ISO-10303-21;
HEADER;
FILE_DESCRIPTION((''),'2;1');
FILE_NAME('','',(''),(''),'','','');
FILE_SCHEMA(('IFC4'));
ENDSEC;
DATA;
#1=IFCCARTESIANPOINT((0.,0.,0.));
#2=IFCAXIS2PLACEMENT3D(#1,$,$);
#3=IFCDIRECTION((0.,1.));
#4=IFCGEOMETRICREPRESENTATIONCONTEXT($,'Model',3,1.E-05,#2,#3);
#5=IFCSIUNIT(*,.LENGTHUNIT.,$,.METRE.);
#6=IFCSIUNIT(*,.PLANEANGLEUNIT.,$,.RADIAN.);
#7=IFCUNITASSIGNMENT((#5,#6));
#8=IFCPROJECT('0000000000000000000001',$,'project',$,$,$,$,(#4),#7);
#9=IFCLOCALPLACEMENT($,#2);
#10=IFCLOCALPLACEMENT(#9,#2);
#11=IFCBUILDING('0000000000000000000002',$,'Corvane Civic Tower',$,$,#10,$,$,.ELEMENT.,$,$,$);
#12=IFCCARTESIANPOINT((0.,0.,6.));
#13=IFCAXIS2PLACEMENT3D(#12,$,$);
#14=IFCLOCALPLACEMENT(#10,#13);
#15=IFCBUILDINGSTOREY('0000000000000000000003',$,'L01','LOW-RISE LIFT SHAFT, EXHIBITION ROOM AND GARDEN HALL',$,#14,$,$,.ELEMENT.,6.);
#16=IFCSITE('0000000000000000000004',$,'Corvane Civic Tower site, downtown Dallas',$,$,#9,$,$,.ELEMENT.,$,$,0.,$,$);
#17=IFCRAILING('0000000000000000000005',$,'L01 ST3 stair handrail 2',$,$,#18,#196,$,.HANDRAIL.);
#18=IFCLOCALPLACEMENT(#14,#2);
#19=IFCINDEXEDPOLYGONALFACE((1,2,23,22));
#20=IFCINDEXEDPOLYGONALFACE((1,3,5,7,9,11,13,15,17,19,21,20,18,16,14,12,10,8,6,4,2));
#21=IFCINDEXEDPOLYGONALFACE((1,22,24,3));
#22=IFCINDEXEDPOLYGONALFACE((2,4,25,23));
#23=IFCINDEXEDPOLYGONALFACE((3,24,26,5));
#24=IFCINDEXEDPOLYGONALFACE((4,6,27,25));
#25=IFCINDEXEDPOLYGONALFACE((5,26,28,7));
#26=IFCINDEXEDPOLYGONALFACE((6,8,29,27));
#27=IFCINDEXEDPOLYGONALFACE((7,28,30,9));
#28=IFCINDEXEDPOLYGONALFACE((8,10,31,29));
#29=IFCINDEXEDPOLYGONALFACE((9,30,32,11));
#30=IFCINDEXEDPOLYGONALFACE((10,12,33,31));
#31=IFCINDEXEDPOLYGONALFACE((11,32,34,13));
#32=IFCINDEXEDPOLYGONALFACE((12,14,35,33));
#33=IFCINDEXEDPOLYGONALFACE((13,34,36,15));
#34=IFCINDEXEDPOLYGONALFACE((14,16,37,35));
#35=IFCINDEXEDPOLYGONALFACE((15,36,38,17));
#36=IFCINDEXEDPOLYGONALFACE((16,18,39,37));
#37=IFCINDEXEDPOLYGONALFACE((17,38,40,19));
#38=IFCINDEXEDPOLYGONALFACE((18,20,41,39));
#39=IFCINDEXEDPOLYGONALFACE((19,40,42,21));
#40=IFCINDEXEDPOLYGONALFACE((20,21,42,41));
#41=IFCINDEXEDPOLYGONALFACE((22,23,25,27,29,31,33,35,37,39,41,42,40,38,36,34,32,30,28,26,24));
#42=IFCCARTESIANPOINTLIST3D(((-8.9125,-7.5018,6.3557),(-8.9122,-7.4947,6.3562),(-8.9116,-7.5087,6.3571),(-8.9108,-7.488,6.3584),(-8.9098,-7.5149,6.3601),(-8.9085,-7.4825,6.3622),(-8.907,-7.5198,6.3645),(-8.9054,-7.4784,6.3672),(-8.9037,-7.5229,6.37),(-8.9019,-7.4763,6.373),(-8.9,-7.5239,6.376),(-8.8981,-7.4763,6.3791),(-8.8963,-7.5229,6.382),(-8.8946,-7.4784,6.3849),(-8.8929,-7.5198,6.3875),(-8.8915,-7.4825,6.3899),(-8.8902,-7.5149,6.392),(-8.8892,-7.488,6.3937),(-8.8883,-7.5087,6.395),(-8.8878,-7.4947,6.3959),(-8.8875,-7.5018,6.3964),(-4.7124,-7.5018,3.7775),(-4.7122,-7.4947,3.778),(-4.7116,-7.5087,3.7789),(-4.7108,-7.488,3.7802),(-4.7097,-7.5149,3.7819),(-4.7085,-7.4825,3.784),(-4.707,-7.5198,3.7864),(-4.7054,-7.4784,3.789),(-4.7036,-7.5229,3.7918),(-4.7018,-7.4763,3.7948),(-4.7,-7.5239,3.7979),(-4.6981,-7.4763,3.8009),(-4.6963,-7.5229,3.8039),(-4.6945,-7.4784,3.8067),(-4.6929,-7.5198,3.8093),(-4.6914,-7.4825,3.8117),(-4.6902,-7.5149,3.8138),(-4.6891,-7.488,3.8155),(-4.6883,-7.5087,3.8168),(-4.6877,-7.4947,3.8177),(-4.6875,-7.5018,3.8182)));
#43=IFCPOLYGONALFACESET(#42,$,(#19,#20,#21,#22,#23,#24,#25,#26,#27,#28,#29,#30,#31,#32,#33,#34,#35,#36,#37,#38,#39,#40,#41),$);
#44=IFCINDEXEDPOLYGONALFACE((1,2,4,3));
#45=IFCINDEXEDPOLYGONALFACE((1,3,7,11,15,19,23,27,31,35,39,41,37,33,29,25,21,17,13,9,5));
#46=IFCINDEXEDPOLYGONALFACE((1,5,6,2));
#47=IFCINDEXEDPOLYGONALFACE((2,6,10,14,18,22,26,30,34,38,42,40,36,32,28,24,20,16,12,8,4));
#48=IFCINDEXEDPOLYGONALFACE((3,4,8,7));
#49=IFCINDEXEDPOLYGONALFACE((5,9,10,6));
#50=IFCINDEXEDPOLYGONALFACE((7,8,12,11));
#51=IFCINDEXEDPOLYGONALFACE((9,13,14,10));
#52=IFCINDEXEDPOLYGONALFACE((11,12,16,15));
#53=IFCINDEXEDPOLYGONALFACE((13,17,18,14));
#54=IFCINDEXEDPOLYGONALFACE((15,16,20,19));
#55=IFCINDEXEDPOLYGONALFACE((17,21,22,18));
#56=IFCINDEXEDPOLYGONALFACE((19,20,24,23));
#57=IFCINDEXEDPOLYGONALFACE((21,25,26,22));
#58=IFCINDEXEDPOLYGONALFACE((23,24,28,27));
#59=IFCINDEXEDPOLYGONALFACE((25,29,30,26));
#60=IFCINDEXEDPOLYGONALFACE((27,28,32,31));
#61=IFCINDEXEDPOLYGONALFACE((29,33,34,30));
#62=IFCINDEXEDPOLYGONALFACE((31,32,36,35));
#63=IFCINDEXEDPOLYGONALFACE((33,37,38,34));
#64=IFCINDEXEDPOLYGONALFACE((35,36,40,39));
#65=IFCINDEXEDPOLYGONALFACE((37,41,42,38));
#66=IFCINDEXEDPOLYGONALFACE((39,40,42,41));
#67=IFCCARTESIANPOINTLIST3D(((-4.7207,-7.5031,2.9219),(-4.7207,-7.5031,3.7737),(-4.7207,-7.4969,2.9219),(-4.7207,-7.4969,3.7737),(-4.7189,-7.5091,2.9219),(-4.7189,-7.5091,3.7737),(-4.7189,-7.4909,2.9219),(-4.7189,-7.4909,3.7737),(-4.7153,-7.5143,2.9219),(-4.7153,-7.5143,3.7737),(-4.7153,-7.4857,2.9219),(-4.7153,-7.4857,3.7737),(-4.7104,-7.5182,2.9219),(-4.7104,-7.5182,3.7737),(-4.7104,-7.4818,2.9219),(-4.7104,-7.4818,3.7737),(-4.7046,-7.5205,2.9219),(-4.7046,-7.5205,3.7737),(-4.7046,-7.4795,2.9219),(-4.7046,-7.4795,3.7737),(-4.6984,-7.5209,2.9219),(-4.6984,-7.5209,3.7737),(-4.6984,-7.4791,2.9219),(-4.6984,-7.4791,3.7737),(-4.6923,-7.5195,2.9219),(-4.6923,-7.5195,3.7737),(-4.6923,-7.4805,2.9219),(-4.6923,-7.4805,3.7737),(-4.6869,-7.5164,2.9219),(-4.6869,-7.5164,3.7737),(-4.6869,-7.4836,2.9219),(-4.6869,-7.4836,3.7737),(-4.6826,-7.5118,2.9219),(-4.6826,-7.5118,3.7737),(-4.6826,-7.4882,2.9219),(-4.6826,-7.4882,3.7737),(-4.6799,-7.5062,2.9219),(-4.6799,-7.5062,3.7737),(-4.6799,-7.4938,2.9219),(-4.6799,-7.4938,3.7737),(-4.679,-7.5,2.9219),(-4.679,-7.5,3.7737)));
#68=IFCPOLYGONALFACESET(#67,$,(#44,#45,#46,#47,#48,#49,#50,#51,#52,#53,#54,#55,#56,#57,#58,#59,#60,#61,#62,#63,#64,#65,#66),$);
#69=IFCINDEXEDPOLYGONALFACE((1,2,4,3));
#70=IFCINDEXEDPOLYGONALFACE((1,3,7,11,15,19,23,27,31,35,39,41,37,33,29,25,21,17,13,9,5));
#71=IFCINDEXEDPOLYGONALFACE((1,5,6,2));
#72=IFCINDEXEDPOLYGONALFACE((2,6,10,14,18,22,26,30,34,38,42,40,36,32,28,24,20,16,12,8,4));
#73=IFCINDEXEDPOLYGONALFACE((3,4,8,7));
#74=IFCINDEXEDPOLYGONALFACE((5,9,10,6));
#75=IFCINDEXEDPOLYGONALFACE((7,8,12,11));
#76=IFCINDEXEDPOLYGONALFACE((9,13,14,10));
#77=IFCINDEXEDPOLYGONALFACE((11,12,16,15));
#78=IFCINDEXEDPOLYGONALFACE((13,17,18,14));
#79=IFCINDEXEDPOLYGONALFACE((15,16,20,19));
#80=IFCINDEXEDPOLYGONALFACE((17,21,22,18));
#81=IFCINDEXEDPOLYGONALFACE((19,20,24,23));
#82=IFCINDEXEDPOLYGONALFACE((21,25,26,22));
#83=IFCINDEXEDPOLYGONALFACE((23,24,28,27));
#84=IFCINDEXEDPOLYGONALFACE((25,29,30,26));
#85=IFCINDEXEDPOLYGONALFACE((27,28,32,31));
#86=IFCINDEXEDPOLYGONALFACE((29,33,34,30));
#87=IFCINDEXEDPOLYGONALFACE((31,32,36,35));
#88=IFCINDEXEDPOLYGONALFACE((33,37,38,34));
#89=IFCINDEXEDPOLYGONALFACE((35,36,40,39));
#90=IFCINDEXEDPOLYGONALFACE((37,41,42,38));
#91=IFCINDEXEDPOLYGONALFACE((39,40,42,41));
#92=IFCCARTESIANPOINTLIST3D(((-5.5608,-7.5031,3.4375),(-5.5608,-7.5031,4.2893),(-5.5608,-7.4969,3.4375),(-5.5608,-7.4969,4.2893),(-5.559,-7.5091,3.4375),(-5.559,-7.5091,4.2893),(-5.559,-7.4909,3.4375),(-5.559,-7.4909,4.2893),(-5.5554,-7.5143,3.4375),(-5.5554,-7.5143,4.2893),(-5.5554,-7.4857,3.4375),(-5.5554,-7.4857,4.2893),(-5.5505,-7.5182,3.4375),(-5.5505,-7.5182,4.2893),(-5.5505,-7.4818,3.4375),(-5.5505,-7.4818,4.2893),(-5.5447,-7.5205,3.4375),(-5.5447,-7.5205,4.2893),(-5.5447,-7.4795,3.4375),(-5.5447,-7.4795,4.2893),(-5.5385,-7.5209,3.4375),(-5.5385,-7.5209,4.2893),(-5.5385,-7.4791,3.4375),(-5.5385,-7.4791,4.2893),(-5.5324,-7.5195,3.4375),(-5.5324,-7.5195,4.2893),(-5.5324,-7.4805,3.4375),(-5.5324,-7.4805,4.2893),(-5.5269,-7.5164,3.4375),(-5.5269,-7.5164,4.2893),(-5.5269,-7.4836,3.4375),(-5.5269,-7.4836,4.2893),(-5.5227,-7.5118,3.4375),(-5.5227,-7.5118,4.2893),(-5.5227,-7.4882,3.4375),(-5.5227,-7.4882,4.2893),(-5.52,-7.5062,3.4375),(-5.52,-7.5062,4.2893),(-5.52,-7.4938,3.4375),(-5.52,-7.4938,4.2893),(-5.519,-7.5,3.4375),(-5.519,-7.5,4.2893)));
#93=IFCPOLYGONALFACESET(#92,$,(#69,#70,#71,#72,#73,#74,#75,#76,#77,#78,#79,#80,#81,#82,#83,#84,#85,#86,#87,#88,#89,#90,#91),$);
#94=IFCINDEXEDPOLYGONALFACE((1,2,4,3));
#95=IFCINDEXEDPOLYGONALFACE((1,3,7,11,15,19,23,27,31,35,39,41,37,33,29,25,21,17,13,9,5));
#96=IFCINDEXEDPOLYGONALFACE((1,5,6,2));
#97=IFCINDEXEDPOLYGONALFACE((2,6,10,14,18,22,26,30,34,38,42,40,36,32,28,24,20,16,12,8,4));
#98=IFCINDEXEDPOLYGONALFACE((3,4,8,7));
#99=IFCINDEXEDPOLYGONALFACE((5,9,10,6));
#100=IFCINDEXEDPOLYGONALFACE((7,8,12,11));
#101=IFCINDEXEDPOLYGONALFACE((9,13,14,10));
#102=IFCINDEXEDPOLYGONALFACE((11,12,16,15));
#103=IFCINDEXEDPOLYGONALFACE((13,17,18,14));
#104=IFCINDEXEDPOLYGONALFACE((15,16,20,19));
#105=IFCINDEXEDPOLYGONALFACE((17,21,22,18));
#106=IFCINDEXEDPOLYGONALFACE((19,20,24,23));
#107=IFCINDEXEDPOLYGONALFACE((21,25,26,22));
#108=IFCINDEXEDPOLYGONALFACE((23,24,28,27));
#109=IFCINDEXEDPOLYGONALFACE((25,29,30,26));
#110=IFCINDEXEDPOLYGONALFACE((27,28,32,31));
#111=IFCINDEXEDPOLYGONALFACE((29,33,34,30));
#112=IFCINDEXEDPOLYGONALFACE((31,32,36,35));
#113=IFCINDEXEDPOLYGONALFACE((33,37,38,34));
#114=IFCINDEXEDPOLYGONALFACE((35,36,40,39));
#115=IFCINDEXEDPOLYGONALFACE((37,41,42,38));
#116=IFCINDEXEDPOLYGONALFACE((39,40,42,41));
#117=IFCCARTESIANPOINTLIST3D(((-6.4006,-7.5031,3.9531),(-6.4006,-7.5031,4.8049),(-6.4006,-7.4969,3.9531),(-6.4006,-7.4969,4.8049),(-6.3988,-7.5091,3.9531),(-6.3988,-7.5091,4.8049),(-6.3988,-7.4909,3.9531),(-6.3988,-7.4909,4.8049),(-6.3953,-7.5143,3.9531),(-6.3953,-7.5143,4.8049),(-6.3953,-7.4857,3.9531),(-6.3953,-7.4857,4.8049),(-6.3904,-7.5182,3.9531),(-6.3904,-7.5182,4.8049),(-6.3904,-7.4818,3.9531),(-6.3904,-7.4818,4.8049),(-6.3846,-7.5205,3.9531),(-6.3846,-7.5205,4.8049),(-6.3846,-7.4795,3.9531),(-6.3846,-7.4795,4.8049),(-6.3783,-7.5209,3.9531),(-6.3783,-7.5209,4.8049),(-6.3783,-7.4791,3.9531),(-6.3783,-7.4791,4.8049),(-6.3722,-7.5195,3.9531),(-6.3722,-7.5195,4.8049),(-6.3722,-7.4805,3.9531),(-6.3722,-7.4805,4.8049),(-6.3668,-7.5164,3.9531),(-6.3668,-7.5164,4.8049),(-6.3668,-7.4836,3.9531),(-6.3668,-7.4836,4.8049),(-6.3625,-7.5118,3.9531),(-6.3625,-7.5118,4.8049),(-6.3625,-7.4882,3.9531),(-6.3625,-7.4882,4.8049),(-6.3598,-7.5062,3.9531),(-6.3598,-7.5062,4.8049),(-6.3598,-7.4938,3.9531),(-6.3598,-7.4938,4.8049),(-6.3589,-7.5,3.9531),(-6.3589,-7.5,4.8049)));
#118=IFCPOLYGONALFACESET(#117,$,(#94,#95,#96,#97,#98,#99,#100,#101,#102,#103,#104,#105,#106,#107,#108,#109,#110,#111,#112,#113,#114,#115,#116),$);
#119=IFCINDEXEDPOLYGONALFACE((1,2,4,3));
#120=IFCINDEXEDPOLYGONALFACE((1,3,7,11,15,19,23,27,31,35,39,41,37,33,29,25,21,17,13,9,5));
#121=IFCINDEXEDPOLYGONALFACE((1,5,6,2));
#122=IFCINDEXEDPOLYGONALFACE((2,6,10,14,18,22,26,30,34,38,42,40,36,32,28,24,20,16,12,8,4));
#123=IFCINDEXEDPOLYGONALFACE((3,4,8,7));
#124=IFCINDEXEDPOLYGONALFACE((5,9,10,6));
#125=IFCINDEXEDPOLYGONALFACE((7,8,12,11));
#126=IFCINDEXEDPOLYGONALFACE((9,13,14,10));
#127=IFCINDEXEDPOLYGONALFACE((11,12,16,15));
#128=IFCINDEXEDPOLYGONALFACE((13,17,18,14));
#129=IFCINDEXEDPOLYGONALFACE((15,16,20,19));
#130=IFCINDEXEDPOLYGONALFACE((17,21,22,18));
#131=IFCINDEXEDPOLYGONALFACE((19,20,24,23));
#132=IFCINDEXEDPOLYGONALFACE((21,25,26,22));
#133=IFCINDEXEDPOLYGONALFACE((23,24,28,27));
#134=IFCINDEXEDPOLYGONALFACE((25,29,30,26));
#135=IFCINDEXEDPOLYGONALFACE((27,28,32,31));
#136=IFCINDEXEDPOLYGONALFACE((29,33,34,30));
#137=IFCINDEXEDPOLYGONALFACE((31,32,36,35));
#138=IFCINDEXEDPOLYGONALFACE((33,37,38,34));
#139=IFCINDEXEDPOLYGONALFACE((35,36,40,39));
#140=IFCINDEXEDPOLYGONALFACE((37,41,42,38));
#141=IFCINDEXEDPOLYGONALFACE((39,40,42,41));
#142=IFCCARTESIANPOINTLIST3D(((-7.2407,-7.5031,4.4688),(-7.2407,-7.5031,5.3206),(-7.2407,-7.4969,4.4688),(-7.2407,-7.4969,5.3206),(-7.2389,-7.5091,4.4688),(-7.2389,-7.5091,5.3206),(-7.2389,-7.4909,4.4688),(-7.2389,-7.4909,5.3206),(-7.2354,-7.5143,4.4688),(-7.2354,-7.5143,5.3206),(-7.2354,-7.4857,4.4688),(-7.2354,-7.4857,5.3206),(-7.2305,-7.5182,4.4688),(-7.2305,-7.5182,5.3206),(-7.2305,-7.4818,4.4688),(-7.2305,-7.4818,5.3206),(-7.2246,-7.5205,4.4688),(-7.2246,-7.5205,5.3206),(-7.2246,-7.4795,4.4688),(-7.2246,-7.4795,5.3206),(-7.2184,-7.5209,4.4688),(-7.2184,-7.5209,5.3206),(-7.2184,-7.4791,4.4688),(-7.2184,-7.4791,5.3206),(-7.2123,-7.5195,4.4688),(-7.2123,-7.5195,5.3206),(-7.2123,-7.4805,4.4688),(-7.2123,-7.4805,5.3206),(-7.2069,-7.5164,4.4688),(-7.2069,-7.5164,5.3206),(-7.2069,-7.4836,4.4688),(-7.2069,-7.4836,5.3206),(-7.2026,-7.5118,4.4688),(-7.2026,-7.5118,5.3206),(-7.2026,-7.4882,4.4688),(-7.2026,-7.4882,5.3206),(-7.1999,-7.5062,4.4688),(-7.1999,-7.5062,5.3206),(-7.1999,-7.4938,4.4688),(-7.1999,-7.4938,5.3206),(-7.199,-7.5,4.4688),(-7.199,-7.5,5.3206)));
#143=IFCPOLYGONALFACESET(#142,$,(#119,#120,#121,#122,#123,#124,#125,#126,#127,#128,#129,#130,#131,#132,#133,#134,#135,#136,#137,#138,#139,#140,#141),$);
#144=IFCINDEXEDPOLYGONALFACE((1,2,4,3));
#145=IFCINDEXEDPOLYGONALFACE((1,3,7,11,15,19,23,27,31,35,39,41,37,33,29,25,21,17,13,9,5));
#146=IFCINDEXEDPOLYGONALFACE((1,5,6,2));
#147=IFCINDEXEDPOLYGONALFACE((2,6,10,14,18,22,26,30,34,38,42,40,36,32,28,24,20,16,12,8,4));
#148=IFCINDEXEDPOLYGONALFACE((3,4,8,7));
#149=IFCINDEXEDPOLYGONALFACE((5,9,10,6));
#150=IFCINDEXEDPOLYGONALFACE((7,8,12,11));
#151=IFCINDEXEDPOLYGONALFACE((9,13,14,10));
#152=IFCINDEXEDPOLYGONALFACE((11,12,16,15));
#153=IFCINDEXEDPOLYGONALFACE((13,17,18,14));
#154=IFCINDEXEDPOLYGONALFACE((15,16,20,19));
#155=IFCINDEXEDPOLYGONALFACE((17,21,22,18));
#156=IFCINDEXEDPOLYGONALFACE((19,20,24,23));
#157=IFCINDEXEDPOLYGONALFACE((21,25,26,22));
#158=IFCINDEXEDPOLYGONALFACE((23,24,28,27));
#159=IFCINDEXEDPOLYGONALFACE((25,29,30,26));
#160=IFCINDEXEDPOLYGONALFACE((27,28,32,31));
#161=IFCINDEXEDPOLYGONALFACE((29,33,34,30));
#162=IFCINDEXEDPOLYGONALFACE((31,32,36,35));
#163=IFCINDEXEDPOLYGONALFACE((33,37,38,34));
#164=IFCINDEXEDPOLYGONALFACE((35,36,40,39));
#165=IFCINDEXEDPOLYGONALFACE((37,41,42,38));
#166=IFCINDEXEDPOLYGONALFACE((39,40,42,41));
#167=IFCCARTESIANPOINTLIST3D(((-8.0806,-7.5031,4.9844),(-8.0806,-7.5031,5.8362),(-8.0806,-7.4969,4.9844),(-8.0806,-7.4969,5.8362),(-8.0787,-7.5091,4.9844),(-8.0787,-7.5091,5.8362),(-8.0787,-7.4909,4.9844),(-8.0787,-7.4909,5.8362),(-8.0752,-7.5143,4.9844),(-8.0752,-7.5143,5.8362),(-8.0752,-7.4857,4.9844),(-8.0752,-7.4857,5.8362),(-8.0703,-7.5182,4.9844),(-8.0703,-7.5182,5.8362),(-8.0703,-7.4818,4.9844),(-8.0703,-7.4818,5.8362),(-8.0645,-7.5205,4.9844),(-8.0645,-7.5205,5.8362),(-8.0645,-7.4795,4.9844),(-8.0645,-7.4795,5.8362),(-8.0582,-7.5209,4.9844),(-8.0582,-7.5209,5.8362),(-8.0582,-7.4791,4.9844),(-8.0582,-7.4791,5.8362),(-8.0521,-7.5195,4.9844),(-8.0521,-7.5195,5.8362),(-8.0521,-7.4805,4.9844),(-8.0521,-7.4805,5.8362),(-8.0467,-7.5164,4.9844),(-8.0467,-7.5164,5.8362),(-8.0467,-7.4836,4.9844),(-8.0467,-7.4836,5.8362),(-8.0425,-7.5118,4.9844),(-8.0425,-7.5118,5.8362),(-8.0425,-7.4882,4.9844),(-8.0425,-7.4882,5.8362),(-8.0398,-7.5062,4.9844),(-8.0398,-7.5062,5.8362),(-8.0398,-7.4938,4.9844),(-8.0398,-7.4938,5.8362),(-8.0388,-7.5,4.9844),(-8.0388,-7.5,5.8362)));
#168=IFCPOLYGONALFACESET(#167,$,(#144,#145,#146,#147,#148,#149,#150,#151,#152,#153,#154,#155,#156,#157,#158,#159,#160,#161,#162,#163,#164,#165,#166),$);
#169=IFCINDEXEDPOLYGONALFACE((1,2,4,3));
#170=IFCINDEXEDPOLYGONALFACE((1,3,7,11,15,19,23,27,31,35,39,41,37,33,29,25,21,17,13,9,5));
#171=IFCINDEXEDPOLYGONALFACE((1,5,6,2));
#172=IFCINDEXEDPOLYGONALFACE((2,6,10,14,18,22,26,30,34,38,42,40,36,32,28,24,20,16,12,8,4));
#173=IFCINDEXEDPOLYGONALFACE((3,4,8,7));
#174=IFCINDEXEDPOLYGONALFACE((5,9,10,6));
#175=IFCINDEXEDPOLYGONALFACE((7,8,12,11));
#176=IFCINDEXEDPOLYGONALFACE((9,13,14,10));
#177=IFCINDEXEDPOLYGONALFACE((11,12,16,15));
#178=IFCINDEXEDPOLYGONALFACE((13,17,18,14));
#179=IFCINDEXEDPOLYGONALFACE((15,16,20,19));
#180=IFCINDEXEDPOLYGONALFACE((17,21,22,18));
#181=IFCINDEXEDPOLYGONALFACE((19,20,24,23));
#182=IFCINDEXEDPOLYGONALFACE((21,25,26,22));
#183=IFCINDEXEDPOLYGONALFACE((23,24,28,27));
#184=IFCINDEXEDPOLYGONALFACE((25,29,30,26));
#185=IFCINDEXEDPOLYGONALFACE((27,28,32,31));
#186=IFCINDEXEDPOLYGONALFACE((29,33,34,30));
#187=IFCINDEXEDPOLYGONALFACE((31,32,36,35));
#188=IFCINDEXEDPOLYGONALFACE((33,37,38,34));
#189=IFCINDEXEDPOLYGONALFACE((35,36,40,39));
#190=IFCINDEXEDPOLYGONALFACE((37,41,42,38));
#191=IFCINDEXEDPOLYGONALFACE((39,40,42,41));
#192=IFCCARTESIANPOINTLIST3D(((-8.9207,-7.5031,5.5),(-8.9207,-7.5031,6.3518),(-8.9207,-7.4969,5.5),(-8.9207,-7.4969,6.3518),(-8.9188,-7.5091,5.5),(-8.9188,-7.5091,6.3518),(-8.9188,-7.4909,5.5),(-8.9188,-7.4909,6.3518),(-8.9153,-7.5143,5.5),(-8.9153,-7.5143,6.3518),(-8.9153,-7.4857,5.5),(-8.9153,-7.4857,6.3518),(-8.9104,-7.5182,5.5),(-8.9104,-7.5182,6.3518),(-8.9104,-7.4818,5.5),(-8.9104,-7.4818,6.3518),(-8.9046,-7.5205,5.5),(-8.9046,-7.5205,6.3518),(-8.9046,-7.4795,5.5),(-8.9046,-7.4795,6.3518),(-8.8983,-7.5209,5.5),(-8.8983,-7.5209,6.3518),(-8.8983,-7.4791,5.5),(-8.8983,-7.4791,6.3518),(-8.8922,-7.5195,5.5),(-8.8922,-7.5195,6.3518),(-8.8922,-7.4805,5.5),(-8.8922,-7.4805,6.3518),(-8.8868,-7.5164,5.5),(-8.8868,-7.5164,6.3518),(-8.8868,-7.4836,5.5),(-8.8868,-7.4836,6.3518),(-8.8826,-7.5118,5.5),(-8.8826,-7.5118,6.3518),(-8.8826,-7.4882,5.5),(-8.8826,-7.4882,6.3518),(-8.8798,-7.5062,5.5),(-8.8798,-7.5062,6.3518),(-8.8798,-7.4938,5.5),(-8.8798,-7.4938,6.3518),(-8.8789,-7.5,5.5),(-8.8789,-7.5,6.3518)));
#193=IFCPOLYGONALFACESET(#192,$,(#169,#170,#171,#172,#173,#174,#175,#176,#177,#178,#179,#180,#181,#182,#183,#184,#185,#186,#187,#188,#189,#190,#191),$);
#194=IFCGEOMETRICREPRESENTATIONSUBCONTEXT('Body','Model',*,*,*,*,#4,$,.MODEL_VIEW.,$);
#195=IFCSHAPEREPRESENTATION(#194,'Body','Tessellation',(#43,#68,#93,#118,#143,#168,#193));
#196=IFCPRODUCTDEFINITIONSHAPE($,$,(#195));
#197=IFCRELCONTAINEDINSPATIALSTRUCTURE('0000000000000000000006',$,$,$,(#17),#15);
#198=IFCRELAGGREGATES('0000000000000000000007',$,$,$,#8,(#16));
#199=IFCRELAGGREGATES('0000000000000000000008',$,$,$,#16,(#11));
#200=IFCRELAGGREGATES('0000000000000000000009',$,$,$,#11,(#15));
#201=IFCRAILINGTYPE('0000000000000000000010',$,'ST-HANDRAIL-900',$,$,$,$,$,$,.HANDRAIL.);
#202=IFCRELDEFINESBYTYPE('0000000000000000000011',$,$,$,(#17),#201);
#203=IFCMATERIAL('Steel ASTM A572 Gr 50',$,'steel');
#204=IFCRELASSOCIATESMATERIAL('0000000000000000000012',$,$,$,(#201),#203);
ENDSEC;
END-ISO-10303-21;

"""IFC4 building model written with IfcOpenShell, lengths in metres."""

from ifc_helpers import new_model, si_unit, direction, frame, origin, origin_2d, place, context, subcontext, project, spatial, circle, extrude, material, type_object, element, save


model = new_model("IFC4")

# Units and contexts
model_context = context("Model", 3, precision=1e-05, world=origin(), true_north=direction((0.0, 1.0)))
body_context = subcontext(model_context, "Body", "Model", "MODEL_VIEW")
ifc_project = project(units=[si_unit("LENGTHUNIT", "METRE"), si_unit("PLANEANGLEUNIT", "RADIAN")], contexts=[model_context])

# Site, building, storey
site_placement = place(None, origin())
site = spatial("IfcSite", under=ifc_project, at=site_placement, Name="Corvane Civic Tower site, downtown Dallas", CompositionType="ELEMENT", RefElevation=0.0)
building_placement = place(site_placement, origin())
building = spatial("IfcBuilding", under=site, at=building_placement, Name="Corvane Civic Tower", CompositionType="ELEMENT")
storey_placement = place(building_placement, frame((0.0, 0.0, 6.0)))
storey = spatial("IfcBuildingStorey", under=building, at=storey_placement, Name="L01", Description="LOW-RISE LIFT SHAFT, EXHIBITION ROOM AND GARDEN HALL", CompositionType="ELEMENT", Elevation=6.0)

# Railing
ifc_material_1 = material(Name="Steel ASTM A572 Gr 50", Category="steel")
railing_type = type_object("IfcRailingType", Name="ST-HANDRAIL-900", PredefinedType="HANDRAIL", material=ifc_material_1)
railing_placement = place(storey_placement, frame((-4.7, -7.5, 2.9219)))
element("IfcRailing", 1, at=railing_placement, inside=storey, type_object=railing_type, Name="L01 ST3 stair handrail 2", PredefinedType="HANDRAIL", context=body_context, shape_type="SweptSolid", body=[
    extrude(circle(Radius=0.0239, at=origin_2d()), frame((0.0, 0.0, 0.876), z_axis=(-0.852243, 0.0, 0.523146), x_axis=(0.0, -1.0, 0.0)), (0.0, 0.0, 1.0), 4.9282),
    extrude(circle(Radius=0.021, at=origin_2d()), origin(), (0.0, 0.0, 1.0), 0.8518),
    extrude(circle(Radius=0.021, at=origin_2d()), frame((-0.8401, 0.0, 0.5156)), (0.0, 0.0, 1.0), 0.8518),
    extrude(circle(Radius=0.021, at=origin_2d()), frame((-1.6799, 0.0, 1.0312)), (0.0, 0.0, 1.0), 0.8518),
    extrude(circle(Radius=0.021, at=origin_2d()), frame((-2.52, 0.0, 1.5469)), (0.0, 0.0, 1.0), 0.8518),
    extrude(circle(Radius=0.021, at=origin_2d()), frame((-3.3599, 0.0, 2.0625)), (0.0, 0.0, 1.0), 0.8518),
    extrude(circle(Radius=0.021, at=origin_2d()), frame((-4.2, 0.0, 2.5781)), (0.0, 0.0, 1.0), 0.8518),
])

save(model, "model.ifc")
